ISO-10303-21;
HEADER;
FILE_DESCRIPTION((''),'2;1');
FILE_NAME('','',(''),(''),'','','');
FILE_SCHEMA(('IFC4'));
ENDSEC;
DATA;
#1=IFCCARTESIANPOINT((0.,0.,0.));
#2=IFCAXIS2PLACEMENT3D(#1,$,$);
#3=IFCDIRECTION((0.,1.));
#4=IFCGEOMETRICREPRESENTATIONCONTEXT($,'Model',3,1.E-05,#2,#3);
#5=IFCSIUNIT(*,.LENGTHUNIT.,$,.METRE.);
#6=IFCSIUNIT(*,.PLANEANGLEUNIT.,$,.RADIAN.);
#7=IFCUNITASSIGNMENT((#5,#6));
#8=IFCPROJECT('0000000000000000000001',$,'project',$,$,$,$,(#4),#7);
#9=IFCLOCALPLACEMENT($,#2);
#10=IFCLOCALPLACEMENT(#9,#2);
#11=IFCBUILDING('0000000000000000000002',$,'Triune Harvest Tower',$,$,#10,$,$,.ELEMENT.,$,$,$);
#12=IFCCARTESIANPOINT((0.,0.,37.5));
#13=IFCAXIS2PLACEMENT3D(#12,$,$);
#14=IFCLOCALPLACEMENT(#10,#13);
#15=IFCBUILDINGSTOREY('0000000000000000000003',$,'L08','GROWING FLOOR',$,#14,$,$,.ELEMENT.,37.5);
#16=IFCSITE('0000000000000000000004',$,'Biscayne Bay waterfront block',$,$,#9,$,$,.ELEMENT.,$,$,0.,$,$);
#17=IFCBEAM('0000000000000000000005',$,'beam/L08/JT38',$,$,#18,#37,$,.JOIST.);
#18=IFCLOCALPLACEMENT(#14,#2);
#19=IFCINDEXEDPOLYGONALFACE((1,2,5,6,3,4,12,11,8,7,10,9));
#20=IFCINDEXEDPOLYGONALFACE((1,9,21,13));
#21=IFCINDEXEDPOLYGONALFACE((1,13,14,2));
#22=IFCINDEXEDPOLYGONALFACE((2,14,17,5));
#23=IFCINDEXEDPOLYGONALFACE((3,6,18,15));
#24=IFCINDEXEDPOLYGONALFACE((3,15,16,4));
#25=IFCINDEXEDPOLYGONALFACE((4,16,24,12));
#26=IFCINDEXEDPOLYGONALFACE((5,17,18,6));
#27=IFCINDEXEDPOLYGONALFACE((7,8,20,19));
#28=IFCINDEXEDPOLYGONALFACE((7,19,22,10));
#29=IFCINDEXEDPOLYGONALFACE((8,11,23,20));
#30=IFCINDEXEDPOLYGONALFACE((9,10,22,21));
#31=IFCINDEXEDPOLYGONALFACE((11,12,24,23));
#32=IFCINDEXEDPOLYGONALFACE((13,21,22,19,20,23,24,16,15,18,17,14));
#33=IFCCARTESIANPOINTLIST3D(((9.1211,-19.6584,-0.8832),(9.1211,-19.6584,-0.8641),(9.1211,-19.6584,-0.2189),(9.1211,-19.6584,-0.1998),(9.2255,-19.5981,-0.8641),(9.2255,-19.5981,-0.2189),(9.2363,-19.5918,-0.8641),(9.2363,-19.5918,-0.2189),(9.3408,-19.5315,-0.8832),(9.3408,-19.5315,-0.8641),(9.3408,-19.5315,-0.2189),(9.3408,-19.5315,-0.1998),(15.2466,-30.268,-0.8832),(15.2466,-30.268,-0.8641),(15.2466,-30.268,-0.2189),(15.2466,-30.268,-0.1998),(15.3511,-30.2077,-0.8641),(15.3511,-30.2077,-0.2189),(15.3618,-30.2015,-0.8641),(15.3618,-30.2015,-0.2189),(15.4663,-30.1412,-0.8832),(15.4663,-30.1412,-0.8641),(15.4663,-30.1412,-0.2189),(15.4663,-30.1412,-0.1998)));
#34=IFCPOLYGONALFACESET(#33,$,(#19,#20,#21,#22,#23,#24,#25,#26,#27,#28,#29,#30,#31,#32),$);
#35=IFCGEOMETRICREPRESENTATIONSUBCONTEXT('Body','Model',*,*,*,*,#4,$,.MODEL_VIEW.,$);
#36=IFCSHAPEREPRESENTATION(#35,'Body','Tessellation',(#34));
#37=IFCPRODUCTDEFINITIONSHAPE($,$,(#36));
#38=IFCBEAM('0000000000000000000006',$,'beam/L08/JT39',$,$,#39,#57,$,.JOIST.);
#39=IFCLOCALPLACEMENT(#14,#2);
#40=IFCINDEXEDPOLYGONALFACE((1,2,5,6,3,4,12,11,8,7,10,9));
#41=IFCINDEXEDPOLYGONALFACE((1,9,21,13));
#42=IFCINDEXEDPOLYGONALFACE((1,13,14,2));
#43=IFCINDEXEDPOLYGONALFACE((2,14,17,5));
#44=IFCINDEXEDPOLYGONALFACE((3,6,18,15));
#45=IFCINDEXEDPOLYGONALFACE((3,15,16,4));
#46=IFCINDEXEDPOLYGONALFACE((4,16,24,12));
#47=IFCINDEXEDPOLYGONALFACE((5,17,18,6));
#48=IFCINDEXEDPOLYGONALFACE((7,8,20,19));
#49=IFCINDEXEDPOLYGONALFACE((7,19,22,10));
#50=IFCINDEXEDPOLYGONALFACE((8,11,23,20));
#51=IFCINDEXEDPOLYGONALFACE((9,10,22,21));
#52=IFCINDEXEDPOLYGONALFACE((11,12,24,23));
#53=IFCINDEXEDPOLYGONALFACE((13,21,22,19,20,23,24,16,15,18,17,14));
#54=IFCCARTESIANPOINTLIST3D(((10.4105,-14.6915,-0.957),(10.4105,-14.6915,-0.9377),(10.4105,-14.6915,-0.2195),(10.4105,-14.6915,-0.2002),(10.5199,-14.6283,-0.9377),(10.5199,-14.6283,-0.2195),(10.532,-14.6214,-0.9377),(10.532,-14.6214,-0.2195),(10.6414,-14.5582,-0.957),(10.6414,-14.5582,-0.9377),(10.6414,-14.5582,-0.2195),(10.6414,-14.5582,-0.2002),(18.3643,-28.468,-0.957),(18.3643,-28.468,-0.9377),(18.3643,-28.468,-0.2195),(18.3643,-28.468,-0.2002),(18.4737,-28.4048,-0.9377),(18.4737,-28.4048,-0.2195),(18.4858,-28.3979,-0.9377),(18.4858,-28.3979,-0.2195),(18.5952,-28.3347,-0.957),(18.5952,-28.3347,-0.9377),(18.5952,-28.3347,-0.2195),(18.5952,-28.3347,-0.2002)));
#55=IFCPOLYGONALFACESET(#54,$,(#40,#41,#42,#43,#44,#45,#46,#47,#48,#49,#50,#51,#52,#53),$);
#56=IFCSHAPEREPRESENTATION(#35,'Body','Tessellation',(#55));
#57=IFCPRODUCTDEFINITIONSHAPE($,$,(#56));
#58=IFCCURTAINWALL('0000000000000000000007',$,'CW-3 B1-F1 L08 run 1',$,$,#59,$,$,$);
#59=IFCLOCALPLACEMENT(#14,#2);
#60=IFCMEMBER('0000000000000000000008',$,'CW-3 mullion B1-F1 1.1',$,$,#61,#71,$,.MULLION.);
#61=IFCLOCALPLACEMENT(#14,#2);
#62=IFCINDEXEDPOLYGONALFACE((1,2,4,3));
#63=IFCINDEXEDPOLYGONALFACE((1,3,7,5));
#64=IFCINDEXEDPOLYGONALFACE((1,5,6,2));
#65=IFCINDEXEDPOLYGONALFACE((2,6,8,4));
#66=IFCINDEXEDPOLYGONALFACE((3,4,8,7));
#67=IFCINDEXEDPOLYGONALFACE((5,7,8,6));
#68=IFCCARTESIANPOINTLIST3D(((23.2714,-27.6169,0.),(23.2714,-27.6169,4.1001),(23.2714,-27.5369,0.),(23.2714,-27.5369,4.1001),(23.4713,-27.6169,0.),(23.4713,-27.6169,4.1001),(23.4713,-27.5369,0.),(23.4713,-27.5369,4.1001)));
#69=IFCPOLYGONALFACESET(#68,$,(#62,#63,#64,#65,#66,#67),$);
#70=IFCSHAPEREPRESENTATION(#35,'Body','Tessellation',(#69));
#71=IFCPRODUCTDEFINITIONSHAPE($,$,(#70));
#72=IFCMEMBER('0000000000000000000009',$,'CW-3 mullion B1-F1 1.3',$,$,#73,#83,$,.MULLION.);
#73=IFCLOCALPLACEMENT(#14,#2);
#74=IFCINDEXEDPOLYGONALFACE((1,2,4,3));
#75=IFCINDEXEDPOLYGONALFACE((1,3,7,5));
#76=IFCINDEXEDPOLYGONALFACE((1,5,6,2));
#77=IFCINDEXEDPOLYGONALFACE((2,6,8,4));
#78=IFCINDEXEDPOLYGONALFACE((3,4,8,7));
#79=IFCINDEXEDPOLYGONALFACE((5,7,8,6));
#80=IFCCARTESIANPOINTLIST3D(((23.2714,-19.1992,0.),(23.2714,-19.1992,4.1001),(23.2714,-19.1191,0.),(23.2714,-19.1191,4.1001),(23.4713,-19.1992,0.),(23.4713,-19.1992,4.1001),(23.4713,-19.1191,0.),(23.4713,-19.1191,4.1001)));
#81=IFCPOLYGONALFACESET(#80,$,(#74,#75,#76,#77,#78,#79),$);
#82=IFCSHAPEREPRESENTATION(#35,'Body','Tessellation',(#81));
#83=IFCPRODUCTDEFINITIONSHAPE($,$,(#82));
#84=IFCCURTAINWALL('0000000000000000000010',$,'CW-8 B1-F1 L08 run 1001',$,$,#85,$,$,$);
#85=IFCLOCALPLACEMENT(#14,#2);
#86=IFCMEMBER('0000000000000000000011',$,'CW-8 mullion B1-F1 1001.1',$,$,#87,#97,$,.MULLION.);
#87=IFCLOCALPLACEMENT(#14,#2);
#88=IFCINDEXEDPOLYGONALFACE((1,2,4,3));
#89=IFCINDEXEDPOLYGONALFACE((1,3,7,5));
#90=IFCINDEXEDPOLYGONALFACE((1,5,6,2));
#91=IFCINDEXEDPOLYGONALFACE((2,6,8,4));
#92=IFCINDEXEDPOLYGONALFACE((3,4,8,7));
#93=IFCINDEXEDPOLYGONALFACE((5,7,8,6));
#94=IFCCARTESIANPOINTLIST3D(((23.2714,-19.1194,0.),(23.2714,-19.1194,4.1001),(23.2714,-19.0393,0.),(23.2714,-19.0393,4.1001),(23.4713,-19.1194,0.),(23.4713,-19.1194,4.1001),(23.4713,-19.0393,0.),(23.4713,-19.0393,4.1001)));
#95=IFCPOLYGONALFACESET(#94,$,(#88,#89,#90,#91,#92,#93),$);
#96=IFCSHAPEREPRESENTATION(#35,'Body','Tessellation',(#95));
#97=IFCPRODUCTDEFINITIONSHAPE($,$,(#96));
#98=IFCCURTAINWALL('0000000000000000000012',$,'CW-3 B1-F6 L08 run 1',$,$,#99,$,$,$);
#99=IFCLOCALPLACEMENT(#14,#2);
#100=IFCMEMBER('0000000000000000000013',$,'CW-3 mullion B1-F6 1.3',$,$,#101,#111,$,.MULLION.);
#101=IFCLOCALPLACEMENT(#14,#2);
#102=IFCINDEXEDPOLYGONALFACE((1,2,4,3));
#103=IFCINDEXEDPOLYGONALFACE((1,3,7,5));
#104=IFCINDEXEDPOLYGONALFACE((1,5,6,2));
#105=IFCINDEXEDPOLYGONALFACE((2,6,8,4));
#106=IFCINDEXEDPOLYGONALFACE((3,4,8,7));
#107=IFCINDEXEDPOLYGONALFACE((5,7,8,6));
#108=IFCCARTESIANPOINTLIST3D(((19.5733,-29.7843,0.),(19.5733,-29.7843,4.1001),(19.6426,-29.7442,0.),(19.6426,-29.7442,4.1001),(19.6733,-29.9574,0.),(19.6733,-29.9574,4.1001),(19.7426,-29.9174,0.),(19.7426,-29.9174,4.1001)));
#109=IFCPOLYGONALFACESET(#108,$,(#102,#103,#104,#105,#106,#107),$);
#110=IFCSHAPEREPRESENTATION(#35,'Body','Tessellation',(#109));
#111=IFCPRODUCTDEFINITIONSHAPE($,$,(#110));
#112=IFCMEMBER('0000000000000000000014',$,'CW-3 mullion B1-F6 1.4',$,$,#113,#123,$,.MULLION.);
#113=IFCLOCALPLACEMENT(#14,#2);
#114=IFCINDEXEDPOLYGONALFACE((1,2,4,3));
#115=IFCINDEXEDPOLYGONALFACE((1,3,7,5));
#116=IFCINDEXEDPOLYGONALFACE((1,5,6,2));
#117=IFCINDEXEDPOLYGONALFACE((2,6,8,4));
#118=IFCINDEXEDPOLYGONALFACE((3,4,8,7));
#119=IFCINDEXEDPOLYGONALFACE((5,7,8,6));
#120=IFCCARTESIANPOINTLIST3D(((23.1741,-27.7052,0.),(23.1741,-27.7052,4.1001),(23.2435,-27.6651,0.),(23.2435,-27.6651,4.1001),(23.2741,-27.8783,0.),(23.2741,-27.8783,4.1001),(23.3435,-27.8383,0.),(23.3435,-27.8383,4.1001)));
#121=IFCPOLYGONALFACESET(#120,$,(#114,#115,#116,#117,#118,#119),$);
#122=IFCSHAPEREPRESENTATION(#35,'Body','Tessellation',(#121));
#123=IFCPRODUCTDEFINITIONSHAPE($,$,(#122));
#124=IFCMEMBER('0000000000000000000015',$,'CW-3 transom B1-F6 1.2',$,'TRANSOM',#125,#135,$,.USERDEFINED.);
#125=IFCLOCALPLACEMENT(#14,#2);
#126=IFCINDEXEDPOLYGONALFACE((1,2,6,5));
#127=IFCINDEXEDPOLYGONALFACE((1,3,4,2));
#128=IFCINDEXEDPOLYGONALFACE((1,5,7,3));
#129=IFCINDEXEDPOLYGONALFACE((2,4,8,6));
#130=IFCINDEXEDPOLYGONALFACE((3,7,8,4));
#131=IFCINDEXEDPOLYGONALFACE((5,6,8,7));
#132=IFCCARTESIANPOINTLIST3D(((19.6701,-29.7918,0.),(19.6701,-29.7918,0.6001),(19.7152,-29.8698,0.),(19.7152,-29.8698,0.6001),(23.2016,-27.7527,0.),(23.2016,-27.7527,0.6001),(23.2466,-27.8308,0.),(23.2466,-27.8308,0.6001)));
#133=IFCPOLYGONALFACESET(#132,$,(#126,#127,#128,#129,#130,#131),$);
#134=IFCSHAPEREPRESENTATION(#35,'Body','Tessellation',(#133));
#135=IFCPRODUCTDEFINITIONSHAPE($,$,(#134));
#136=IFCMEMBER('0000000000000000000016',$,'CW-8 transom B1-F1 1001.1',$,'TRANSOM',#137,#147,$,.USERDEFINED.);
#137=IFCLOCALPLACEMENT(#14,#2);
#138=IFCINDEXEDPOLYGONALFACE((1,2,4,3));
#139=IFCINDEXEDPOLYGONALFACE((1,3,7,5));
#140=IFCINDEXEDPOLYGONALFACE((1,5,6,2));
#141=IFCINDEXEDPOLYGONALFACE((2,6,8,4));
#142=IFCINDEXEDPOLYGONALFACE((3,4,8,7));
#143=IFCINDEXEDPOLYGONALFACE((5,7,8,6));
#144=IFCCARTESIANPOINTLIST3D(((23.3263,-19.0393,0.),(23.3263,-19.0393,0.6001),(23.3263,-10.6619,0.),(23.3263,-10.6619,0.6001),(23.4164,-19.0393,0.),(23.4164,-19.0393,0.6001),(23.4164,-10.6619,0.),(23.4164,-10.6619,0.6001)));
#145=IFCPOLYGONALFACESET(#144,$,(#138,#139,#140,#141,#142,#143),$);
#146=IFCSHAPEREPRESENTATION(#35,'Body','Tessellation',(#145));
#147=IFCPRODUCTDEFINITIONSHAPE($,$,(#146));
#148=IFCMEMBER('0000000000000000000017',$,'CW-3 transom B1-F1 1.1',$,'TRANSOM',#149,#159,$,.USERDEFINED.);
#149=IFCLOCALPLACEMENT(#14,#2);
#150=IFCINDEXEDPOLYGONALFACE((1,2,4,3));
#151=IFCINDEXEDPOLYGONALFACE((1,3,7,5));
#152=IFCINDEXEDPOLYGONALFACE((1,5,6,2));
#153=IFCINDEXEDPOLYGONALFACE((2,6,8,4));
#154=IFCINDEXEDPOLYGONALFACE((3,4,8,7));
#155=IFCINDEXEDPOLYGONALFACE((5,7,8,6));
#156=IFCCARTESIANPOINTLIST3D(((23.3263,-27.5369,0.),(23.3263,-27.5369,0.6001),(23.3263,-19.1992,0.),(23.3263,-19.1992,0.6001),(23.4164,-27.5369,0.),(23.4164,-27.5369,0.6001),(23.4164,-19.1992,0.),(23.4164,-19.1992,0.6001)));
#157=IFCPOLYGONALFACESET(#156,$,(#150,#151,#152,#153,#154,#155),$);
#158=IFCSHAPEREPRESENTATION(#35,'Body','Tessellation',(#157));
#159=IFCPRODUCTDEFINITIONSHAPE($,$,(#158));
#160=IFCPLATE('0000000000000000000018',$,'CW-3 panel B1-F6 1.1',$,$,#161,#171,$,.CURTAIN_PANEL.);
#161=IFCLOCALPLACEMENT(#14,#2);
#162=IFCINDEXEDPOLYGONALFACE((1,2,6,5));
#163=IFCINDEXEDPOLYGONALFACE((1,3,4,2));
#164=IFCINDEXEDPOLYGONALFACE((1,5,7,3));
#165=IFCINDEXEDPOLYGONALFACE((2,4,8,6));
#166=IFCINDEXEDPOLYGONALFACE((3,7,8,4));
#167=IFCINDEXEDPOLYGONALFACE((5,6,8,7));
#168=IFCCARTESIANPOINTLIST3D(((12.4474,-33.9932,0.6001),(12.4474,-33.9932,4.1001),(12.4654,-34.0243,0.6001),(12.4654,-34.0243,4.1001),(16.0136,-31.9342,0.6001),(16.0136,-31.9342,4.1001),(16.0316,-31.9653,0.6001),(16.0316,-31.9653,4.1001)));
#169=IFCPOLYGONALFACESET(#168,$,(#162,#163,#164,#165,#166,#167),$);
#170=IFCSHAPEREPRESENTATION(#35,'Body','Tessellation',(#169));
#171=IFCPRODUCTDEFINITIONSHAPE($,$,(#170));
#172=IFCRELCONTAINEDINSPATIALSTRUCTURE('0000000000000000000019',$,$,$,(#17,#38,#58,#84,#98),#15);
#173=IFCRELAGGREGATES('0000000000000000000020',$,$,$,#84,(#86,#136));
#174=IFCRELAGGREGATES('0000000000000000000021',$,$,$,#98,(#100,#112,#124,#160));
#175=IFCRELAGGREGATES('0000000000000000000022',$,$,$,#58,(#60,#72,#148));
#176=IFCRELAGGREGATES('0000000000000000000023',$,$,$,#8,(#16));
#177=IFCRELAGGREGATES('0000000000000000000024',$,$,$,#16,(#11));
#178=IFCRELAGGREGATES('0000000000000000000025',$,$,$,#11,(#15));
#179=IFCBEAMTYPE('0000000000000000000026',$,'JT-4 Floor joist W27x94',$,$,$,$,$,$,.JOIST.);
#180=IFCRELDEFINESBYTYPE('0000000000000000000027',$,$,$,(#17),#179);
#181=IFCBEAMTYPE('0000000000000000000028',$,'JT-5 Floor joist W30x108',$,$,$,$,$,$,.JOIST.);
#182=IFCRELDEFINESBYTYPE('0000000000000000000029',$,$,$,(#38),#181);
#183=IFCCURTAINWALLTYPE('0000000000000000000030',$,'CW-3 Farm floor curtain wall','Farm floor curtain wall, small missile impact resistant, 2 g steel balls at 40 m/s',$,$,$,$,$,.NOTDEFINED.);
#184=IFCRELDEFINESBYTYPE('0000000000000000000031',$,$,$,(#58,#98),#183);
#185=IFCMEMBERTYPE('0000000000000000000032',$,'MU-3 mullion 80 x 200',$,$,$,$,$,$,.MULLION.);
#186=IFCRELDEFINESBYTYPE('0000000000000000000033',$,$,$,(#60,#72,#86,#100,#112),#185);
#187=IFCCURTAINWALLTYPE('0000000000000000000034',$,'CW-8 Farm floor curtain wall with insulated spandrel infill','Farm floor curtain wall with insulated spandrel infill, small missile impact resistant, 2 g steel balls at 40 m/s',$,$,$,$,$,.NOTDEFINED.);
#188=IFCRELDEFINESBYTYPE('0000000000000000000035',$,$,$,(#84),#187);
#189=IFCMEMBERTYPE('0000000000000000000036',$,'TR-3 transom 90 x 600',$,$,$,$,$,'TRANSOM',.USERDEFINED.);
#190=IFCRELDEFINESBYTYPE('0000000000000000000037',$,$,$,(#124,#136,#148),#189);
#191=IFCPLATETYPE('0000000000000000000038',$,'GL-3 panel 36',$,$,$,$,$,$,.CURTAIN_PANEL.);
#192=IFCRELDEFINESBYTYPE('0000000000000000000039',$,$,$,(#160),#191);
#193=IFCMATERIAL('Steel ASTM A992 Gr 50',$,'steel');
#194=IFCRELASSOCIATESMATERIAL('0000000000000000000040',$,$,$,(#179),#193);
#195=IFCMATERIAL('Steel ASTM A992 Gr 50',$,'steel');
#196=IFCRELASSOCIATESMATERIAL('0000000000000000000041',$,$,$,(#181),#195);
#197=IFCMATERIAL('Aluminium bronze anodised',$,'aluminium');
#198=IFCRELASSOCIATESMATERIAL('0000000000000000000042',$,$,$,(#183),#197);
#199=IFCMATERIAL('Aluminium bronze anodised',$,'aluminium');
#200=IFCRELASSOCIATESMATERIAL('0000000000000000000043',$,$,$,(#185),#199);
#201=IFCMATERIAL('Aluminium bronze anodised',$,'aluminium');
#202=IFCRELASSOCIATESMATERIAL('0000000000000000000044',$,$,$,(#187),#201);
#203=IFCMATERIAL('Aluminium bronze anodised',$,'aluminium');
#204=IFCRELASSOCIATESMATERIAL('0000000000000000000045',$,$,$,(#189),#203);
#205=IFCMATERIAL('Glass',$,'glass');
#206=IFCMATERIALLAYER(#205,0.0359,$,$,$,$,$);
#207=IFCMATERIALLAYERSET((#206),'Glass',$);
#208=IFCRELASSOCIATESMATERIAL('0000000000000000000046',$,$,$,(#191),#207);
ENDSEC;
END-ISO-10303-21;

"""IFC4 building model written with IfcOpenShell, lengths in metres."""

from ifc_helpers import new_model, si_unit, direction, frame, origin, origin_2d, place, context, subcontext, project, spatial, rectangle, i_section, extrude, source, transform, mapped, material, layer, layer_set, material_profile, profile_set, type_object, element, aggregate, save


model = new_model("IFC4")

# Units and contexts
model_context = context("Model", 3, precision=1e-05, world=origin(), true_north=direction((0.0, 1.0)))
body_context = subcontext(model_context, "Body", "Model", "MODEL_VIEW")
ifc_project = project(units=[si_unit("LENGTHUNIT", "METRE"), si_unit("PLANEANGLEUNIT", "RADIAN")], contexts=[model_context])

# Site, building, storey
site_placement = place(None, origin())
site = spatial("IfcSite", under=ifc_project, at=site_placement, Name="Biscayne Bay waterfront block", CompositionType="ELEMENT", RefElevation=0.0)
building_placement = place(site_placement, origin())
building = spatial("IfcBuilding", under=site, at=building_placement, Name="Triune Harvest Tower", CompositionType="ELEMENT")
storey_placement = place(building_placement, frame((0.0, 0.0, 37.5)))
storey = spatial("IfcBuildingStorey", under=building, at=storey_placement, Name="L08", Description="GROWING FLOOR", CompositionType="ELEMENT", Elevation=37.5)

# Beams
ifc_material_1 = material(Name="Steel ASTM A992 Gr 50", Category="steel")
ifc_material_profile_1 = material_profile(ifc_material_1, i_section(OverallWidth=0.2537, OverallDepth=0.6833, WebThickness=0.0125, FlangeThickness=0.019, at=origin_2d()), Name="W27x94")
ifc_profile_set_1 = profile_set([ifc_material_profile_1], Name="Steel ASTM A992 Gr 50")
beam_type_1 = type_object("IfcBeamType", Name="JT-4 Floor joist W27x94", PredefinedType="JOIST", material=ifc_profile_set_1)
shared_shape_1 = source(origin(), body_context, "Body", "SweptSolid", [
    extrude(i_section(OverallWidth=0.2537, OverallDepth=0.6833, WebThickness=0.0125, FlangeThickness=0.019, at=origin_2d()), origin(), (0.0, 0.0, 1.0), 12.251),
])
beam_1_placement = place(storey_placement, frame((15.3564, -30.2046, -0.5415), z_axis=(-0.500001, 0.866025, 0.0), x_axis=(-0.866025, -0.500001, 0.0)))
element("IfcBeam", 1, at=beam_1_placement, inside=storey, type_object=beam_type_1, Name="beam/L08/JT38", PredefinedType="JOIST", context=body_context, shape_type="MappedRepresentation", body=[
    mapped(shared_shape_1, transform((0.0, 0.0, 0.0), scale=1.0)),
])
ifc_material_2 = material(Name="Steel ASTM A992 Gr 50", Category="steel")
ifc_material_profile_2 = material_profile(ifc_material_2, i_section(OverallWidth=0.2666, OverallDepth=0.7568, WebThickness=0.0139, FlangeThickness=0.0193, at=origin_2d()), Name="W30x108")
ifc_profile_set_2 = profile_set([ifc_material_profile_2], Name="Steel ASTM A992 Gr 50")
beam_type_2 = type_object("IfcBeamType", Name="JT-5 Floor joist W30x108", PredefinedType="JOIST", material=ifc_profile_set_2)
shared_shape_2 = source(origin(), body_context, "Body", "SweptSolid", [
    extrude(i_section(OverallWidth=0.2666, OverallDepth=0.7568, WebThickness=0.0139, FlangeThickness=0.0193, at=origin_2d()), origin(), (0.0, 0.0, 1.0), 15.9077),
])
beam_2_placement = place(storey_placement, frame((18.4797, -28.4014, -0.5786), z_axis=(-0.499997, 0.866027, 0.0), x_axis=(-0.866027, -0.499997, 0.0)))
element("IfcBeam", 2, at=beam_2_placement, inside=storey, type_object=beam_type_2, Name="beam/L08/JT39", PredefinedType="JOIST", context=body_context, shape_type="MappedRepresentation", body=[
    mapped(shared_shape_2, transform((0.0, 0.0, 0.0), scale=1.0)),
])

# Curtain wall, members
ifc_material_3 = material(Name="Aluminium bronze anodised", Category="aluminium")
curtain_wall_type_1 = type_object("IfcCurtainWallType", Name="CW-3 Farm floor curtain wall", Description="Farm floor curtain wall, small missile impact resistant, 2 g steel balls at 40 m/s", PredefinedType="NOTDEFINED", material=ifc_material_3)
curtain_wall_1_placement = place(storey_placement, origin())
curtain_wall_1 = element("IfcCurtainWall", 3, at=curtain_wall_1_placement, inside=storey, type_object=curtain_wall_type_1, Name="CW-3 B1-F1 L08 run 1")
ifc_material_4 = material(Name="Aluminium bronze anodised", Category="aluminium")
ifc_material_profile_3 = material_profile(ifc_material_4, rectangle(XDim=0.2, YDim=0.0801, at=origin_2d()), Name="MU-3 mullion 80 x 200")
ifc_profile_set_3 = profile_set([ifc_material_profile_3], Name="Aluminium bronze anodised")
member_type_1 = type_object("IfcMemberType", Name="MU-3 mullion 80 x 200", PredefinedType="MULLION", material=ifc_profile_set_3)
shared_shape_3 = source(origin(), body_context, "Body", "SweptSolid", [
    extrude(rectangle(XDim=0.2, YDim=0.0801, at=origin_2d()), origin(), (0.0, 0.0, 1.0), 4.1001),
])
member_1_placement = place(storey_placement, frame((23.3713, -27.5769, 0.0), z_axis=(0.0, 0.0, 1.0), x_axis=(-1.0, 0.0, 0.0)))
member_1 = element("IfcMember", 4, at=member_1_placement, type_object=member_type_1, Name="CW-3 mullion B1-F1 1.1", PredefinedType="MULLION", context=body_context, shape_type="MappedRepresentation", body=[
    mapped(shared_shape_3, transform((0.0, 0.0, 0.0), scale=1.0)),
])
member_2_placement = place(storey_placement, frame((23.3713, -19.1592, 0.0), z_axis=(0.0, 0.0, 1.0), x_axis=(-1.0, 0.0, 0.0)))
member_2 = element("IfcMember", 5, at=member_2_placement, type_object=member_type_1, Name="CW-3 mullion B1-F1 1.3", PredefinedType="MULLION", context=body_context, shape_type="MappedRepresentation", body=[
    mapped(shared_shape_3, transform((0.0, 0.0, 0.0), scale=1.0)),
])

# Curtain wall, member
ifc_material_5 = material(Name="Aluminium bronze anodised", Category="aluminium")
curtain_wall_type_2 = type_object("IfcCurtainWallType", Name="CW-8 Farm floor curtain wall with insulated spandrel infill", Description="Farm floor curtain wall with insulated spandrel infill, small missile impact resistant, 2 g steel balls at 40 m/s", PredefinedType="NOTDEFINED", material=ifc_material_5)
curtain_wall_2_placement = place(storey_placement, origin())
curtain_wall_2 = element("IfcCurtainWall", 6, at=curtain_wall_2_placement, inside=storey, type_object=curtain_wall_type_2, Name="CW-8 B1-F1 L08 run 1001")
member_3_placement = place(storey_placement, frame((23.3713, -19.0793, 0.0), z_axis=(0.0, 0.0, 1.0), x_axis=(-1.0, 0.0, 0.0)))
member_3 = element("IfcMember", 7, at=member_3_placement, type_object=member_type_1, Name="CW-8 mullion B1-F1 1001.1", PredefinedType="MULLION", context=body_context, shape_type="MappedRepresentation", body=[
    mapped(shared_shape_3, transform((0.0, 0.0, 0.0), scale=1.0)),
])

# Curtain wall, members
curtain_wall_3_placement = place(storey_placement, origin())
curtain_wall_3 = element("IfcCurtainWall", 8, at=curtain_wall_3_placement, inside=storey, type_object=curtain_wall_type_1, Name="CW-3 B1-F6 L08 run 1")
member_4_placement = place(storey_placement, frame((19.658, -29.8508, 0.0), z_axis=(0.0, 0.0, 1.0), x_axis=(-0.499999, 0.866026, 0.0)))
member_4 = element("IfcMember", 9, at=member_4_placement, type_object=member_type_1, Name="CW-3 mullion B1-F6 1.3", PredefinedType="MULLION", context=body_context, shape_type="MappedRepresentation", body=[
    mapped(shared_shape_3, transform((0.0, 0.0, 0.0), scale=1.0)),
])
member_5_placement = place(storey_placement, frame((23.2588, -27.7717, 0.0), z_axis=(0.0, 0.0, 1.0), x_axis=(-0.499999, 0.866026, 0.0)))
member_5 = element("IfcMember", 10, at=member_5_placement, type_object=member_type_1, Name="CW-3 mullion B1-F6 1.4", PredefinedType="MULLION", context=body_context, shape_type="MappedRepresentation", body=[
    mapped(shared_shape_3, transform((0.0, 0.0, 0.0), scale=1.0)),
])
ifc_material_6 = material(Name="Aluminium bronze anodised", Category="aluminium")
ifc_material_profile_4 = material_profile(ifc_material_6, rectangle(XDim=0.0901, YDim=0.6001, at=origin_2d()), Name="TR-3 transom 90 x 600")
ifc_profile_set_4 = profile_set([ifc_material_profile_4], Name="Aluminium bronze anodised")
member_type_2 = type_object("IfcMemberType", Name="TR-3 transom 90 x 600", ElementType="TRANSOM", PredefinedType="USERDEFINED", material=ifc_profile_set_4)
shared_shape_4 = source(origin(), body_context, "Body", "SweptSolid", [
    extrude(rectangle(XDim=0.0901, YDim=0.6001, at=origin_2d()), origin(), (0.0, 0.0, 1.0), 4.0779),
])
member_6_placement = place(storey_placement, frame((19.6926, -29.8308, 0.3), z_axis=(0.866009, 0.500028, 0.0), x_axis=(-0.500028, 0.866009, 0.0)))
member_6 = element("IfcMember", 11, at=member_6_placement, type_object=member_type_2, Name="CW-3 transom B1-F6 1.2", ObjectType="TRANSOM", PredefinedType="USERDEFINED", context=body_context, shape_type="MappedRepresentation", body=[
    mapped(shared_shape_4, transform((0.0, 0.0, 0.0), scale=1.0)),
])

# Members
shared_shape_5 = source(origin(), body_context, "Body", "SweptSolid", [
    extrude(rectangle(XDim=0.0901, YDim=0.6001, at=origin_2d()), origin(), (0.0, 0.0, 1.0), 8.3774),
])
member_7_placement = place(storey_placement, frame((23.3713, -19.0393, 0.3), z_axis=(0.0, 1.0, 0.0), x_axis=(-1.0, 0.0, 0.0)))
member_7 = element("IfcMember", 12, at=member_7_placement, type_object=member_type_2, Name="CW-8 transom B1-F1 1001.1", ObjectType="TRANSOM", PredefinedType="USERDEFINED", context=body_context, shape_type="MappedRepresentation", body=[
    mapped(shared_shape_5, transform((0.0, 0.0, 0.0), scale=1.0)),
])
aggregate(curtain_wall_2, [member_3, member_7])
shared_shape_6 = source(origin(), body_context, "Body", "SweptSolid", [
    extrude(rectangle(XDim=0.0901, YDim=0.6001, at=origin_2d()), origin(), (0.0, 0.0, 1.0), 8.3376),
])
member_8_placement = place(storey_placement, frame((23.3713, -27.5369, 0.3), z_axis=(0.0, 1.0, 0.0), x_axis=(-1.0, 0.0, 0.0)))
member_8 = element("IfcMember", 13, at=member_8_placement, type_object=member_type_2, Name="CW-3 transom B1-F1 1.1", ObjectType="TRANSOM", PredefinedType="USERDEFINED", context=body_context, shape_type="MappedRepresentation", body=[
    mapped(shared_shape_6, transform((0.0, 0.0, 0.0), scale=1.0)),
])

# Plate
ifc_material_7 = material(Name="Glass", Category="glass")
ifc_layer_1 = layer(ifc_material_7, 0.0359)
ifc_layer_set_1 = layer_set([ifc_layer_1], Name="Glass")
plate_type = type_object("IfcPlateType", Name="GL-3 panel 36", PredefinedType="CURTAIN_PANEL", material=ifc_layer_set_1)
shared_shape_7 = source(origin(), body_context, "Body", "SweptSolid", [
    extrude(rectangle(XDim=4.1179, YDim=0.0359, at=origin_2d()), origin(), (0.0, 0.0, 1.0), 3.5),
])
plate_1_placement = place(storey_placement, frame((14.2395, -32.9792, 0.6001), z_axis=(0.0, 0.0, 1.0), x_axis=(0.866026, 0.499999, 0.0)))
plate_1 = element("IfcPlate", 14, at=plate_1_placement, type_object=plate_type, Name="CW-3 panel B1-F6 1.1", PredefinedType="CURTAIN_PANEL", context=body_context, shape_type="MappedRepresentation", body=[
    mapped(shared_shape_7, transform((0.0, 0.0, 0.0), scale=1.0)),
])
aggregate(curtain_wall_3, [member_4, member_5, member_6, plate_1])
aggregate(curtain_wall_1, [member_1, member_2, member_8])

save(model, "model.ifc")
